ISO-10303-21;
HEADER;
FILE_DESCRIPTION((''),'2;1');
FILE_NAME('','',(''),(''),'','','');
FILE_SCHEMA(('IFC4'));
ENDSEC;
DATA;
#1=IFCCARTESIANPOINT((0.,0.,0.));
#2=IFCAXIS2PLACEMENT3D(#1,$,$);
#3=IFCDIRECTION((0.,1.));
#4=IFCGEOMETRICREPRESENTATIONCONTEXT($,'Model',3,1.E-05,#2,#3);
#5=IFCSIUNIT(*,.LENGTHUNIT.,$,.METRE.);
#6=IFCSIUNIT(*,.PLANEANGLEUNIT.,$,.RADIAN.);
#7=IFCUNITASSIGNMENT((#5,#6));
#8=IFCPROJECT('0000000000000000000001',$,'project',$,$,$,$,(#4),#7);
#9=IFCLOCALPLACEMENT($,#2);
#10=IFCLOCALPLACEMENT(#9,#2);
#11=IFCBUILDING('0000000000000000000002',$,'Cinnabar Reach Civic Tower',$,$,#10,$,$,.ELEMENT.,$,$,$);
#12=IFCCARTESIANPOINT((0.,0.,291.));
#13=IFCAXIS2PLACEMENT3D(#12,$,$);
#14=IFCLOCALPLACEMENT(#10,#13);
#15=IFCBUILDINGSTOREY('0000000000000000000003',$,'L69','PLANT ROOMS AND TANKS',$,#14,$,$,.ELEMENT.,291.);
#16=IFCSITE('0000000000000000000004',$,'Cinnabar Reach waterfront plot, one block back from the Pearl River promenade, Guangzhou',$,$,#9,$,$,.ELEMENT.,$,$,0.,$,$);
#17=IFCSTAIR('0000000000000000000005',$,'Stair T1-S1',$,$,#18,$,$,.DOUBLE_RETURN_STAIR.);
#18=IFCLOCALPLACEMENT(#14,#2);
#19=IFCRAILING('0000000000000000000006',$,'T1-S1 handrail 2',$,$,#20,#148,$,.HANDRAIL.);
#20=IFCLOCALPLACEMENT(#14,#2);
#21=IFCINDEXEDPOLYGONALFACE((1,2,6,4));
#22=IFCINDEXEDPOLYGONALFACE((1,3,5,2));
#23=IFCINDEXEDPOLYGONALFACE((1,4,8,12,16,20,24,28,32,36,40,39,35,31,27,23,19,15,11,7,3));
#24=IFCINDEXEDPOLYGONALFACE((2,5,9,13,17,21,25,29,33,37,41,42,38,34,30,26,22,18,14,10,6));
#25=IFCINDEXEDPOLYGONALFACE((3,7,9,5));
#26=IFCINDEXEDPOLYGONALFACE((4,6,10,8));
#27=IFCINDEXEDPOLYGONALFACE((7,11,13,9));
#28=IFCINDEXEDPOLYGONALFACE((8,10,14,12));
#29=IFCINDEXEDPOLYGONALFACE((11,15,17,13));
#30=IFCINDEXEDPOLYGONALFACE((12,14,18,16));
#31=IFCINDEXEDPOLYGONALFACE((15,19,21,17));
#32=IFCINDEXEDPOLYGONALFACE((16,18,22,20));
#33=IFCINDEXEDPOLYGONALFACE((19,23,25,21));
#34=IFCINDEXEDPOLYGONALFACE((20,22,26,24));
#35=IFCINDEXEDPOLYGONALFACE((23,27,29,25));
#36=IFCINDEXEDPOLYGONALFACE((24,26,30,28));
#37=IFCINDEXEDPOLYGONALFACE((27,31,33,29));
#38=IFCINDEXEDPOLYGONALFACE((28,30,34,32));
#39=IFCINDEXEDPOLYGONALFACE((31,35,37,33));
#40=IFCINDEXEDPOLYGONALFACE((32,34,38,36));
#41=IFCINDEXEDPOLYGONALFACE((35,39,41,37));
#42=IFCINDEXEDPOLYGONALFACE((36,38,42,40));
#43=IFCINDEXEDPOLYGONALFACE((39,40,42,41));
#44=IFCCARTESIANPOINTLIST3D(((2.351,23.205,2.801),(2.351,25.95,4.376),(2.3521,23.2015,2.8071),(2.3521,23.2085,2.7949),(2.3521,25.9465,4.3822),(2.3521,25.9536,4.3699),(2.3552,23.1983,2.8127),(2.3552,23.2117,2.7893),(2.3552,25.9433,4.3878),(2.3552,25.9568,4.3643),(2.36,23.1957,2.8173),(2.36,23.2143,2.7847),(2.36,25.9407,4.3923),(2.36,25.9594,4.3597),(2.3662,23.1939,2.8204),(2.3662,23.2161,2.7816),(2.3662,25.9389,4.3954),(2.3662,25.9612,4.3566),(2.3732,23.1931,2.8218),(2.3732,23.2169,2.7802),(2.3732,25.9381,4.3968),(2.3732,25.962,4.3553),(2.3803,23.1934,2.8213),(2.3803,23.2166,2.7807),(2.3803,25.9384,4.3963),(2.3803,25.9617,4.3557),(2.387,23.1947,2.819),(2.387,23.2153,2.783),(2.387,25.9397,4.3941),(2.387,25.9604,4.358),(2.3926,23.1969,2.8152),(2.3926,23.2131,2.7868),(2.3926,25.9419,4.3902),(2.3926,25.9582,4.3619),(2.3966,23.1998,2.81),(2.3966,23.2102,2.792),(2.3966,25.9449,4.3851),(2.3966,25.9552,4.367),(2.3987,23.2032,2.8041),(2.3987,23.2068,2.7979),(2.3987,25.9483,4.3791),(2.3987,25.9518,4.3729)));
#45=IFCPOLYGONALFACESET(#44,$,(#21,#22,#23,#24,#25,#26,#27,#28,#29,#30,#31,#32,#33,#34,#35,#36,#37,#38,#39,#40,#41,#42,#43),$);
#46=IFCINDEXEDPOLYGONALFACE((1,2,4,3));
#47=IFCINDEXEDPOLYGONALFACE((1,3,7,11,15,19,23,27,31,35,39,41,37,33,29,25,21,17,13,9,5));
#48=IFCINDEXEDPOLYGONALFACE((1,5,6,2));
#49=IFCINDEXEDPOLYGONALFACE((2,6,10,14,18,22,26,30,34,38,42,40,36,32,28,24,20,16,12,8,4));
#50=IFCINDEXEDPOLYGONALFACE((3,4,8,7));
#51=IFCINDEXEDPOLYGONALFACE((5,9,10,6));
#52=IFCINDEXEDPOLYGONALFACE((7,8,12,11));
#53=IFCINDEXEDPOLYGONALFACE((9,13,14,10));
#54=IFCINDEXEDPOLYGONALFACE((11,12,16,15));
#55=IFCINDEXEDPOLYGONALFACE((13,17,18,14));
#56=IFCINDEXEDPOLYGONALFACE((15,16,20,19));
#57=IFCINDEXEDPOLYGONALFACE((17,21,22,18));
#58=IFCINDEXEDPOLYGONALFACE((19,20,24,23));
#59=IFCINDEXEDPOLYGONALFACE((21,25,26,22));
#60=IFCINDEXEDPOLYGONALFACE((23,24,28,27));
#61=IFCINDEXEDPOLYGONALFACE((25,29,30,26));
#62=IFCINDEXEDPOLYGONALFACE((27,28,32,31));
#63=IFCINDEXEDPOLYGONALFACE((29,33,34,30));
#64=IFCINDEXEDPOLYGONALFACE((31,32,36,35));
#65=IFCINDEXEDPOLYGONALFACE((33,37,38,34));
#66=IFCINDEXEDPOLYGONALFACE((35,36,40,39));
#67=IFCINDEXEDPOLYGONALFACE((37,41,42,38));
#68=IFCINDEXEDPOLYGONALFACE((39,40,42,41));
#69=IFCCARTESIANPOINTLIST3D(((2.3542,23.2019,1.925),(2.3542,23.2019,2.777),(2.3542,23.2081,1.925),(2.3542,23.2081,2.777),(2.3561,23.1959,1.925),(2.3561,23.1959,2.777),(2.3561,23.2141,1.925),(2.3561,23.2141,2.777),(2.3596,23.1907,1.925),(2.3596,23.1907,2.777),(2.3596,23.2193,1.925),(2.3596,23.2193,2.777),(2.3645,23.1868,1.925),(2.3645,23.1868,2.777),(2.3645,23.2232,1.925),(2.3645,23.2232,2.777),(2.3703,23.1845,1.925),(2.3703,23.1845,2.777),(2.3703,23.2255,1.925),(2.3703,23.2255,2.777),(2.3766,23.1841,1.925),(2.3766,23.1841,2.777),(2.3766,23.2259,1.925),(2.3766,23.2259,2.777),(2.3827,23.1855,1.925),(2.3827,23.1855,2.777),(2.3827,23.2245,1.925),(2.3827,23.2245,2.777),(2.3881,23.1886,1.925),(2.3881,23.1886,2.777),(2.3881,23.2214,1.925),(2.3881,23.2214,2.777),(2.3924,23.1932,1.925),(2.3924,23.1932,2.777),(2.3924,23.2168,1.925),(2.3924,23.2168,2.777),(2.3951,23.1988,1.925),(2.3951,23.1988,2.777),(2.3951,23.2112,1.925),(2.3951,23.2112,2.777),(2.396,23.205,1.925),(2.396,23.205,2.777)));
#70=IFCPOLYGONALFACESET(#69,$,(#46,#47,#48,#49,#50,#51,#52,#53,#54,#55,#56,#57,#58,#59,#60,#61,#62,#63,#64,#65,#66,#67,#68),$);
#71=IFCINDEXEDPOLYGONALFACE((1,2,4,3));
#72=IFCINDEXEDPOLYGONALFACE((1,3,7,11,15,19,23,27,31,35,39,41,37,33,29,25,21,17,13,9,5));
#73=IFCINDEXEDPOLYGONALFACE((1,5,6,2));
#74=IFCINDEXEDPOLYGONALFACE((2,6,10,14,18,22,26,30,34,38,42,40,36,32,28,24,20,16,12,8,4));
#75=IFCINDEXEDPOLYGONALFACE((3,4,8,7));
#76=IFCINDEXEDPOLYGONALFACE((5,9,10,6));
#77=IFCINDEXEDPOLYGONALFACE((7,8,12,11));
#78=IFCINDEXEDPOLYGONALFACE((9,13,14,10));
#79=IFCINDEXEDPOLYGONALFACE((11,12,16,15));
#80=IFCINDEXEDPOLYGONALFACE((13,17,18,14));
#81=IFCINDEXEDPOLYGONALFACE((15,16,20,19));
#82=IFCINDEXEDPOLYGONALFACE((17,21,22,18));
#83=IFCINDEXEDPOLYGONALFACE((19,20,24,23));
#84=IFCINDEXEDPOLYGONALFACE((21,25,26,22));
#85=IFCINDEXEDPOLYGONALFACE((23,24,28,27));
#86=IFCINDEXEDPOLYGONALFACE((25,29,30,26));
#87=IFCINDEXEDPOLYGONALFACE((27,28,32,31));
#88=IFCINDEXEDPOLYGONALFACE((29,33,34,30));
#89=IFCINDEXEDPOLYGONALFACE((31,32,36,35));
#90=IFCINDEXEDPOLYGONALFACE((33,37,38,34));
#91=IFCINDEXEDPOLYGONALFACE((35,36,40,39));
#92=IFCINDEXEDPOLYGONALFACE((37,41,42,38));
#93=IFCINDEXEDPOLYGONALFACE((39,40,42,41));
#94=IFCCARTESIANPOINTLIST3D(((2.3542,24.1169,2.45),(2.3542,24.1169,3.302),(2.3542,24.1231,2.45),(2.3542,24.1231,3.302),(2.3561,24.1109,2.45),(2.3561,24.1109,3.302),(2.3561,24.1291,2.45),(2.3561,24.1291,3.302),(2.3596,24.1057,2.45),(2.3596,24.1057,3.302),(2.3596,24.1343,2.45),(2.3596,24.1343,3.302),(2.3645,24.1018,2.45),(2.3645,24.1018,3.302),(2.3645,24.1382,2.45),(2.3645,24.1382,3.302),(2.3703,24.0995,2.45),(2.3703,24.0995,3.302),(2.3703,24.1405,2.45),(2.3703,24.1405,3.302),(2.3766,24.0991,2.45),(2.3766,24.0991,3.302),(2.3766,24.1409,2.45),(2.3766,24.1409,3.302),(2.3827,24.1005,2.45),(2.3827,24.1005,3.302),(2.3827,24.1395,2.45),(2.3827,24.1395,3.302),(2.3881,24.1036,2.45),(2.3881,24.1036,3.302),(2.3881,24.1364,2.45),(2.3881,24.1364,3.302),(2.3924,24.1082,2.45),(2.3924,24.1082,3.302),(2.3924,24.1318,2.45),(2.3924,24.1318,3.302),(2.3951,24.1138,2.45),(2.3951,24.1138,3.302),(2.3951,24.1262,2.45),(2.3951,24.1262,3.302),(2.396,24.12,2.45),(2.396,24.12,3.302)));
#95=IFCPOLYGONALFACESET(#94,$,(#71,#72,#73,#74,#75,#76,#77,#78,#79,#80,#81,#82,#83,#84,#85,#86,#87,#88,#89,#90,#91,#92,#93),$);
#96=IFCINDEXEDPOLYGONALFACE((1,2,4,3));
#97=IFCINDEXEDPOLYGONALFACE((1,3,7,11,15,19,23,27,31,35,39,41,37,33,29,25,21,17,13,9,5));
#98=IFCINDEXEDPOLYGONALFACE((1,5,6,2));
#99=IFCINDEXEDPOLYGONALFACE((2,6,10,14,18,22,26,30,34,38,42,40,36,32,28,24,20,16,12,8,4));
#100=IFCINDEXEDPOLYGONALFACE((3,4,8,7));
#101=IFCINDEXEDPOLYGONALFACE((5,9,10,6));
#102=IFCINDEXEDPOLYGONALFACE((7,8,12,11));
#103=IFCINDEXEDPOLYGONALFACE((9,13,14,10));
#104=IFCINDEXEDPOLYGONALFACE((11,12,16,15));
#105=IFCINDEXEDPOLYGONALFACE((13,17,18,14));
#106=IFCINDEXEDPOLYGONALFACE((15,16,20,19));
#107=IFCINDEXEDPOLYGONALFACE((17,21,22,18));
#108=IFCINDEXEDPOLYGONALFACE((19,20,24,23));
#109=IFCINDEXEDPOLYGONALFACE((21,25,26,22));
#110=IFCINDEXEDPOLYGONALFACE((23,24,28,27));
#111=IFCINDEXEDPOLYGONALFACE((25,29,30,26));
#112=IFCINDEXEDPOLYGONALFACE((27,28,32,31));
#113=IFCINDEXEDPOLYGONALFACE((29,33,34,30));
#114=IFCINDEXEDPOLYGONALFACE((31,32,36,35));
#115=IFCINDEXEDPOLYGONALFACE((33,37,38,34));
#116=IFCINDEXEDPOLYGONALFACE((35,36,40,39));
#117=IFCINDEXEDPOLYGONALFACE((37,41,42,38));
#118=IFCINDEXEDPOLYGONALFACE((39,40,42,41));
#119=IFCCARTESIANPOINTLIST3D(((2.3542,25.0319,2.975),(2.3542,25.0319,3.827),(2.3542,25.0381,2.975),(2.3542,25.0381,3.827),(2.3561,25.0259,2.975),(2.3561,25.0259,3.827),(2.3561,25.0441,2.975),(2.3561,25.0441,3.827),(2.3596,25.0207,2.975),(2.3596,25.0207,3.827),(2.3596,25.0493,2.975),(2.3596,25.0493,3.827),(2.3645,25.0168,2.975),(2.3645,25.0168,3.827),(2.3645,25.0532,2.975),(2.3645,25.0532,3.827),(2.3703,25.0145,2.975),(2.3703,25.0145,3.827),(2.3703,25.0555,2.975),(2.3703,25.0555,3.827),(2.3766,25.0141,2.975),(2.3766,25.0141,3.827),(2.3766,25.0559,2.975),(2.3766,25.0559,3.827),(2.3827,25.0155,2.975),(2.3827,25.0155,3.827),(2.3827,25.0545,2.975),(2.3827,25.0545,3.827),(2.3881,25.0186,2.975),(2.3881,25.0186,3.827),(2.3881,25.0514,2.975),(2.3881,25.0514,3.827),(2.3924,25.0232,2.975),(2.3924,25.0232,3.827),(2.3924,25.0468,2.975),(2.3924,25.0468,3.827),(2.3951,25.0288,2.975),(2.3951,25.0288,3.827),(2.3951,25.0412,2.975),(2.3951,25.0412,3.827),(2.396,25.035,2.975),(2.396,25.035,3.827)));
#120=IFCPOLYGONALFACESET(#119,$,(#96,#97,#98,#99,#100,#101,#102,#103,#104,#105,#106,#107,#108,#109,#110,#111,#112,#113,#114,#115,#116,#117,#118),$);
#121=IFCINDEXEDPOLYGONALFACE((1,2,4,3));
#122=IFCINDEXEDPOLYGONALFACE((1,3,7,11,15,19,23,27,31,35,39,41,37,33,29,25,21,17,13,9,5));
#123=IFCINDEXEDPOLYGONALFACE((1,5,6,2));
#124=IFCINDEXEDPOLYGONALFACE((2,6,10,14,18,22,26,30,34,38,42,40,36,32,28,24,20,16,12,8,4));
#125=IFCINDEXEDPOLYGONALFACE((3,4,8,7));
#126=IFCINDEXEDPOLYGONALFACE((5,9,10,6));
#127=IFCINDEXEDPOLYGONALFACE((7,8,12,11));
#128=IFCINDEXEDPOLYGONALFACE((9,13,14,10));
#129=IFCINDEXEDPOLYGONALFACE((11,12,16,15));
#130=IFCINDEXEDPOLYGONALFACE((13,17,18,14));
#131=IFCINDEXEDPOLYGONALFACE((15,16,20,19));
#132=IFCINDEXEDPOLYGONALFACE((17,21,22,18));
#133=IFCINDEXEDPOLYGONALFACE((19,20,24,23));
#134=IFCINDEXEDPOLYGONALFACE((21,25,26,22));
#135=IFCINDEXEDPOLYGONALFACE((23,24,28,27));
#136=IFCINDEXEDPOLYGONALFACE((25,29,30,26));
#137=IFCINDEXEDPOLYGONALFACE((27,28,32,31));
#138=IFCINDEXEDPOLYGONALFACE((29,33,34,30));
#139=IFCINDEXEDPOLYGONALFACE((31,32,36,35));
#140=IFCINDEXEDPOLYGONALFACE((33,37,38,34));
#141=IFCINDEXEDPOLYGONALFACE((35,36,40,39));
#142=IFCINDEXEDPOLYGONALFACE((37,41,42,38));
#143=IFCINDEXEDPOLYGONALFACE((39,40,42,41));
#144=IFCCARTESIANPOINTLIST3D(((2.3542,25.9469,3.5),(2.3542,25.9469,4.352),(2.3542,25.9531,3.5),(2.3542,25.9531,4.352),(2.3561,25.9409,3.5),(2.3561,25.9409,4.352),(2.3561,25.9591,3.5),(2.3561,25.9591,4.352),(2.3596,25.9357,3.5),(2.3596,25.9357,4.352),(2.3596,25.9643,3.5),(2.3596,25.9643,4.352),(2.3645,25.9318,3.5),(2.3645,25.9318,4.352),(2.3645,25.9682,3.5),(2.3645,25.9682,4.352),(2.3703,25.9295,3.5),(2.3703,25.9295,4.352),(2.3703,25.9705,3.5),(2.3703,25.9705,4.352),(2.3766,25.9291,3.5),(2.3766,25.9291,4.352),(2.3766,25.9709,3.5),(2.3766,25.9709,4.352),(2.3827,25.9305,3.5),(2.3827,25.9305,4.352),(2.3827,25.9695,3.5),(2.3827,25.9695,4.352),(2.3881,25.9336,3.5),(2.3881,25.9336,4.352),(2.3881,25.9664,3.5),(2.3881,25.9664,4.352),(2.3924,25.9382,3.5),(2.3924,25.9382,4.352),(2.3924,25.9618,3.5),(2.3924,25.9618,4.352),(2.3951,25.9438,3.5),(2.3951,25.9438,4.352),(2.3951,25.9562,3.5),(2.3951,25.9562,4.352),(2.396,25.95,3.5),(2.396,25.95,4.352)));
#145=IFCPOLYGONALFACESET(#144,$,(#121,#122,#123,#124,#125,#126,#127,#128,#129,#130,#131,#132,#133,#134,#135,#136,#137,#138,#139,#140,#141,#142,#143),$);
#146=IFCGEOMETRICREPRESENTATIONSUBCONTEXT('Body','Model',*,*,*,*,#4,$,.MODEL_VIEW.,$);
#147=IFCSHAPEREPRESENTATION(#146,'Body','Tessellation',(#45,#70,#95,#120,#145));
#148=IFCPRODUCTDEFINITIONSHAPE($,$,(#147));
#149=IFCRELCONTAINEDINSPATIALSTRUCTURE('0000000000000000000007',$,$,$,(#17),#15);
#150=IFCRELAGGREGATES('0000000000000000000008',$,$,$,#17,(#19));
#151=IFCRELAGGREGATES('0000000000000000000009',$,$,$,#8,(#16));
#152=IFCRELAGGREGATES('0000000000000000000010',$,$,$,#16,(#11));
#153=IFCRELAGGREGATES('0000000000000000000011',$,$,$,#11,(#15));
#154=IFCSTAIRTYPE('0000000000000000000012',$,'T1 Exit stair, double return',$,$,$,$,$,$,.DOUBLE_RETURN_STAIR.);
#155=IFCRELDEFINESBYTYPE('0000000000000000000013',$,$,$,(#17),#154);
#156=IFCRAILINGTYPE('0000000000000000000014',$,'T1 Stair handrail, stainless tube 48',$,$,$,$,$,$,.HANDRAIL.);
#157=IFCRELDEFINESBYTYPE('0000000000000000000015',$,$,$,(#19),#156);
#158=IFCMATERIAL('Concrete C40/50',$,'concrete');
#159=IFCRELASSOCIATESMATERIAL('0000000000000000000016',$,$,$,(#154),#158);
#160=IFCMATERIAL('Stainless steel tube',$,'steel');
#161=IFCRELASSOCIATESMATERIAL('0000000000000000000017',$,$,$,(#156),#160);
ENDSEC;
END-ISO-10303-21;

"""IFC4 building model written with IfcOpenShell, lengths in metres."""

from ifc_helpers import new_model, si_unit, direction, frame, origin, origin_2d, place, context, subcontext, project, spatial, circle, extrude, material, type_object, element, aggregate, save


model = new_model("IFC4")

# Units and contexts
model_context = context("Model", 3, precision=1e-05, world=origin(), true_north=direction((0.0, 1.0)))
body_context = subcontext(model_context, "Body", "Model", "MODEL_VIEW")
ifc_project = project(units=[si_unit("LENGTHUNIT", "METRE"), si_unit("PLANEANGLEUNIT", "RADIAN")], contexts=[model_context])

# Site, building, storey
site_placement = place(None, origin())
site = spatial("IfcSite", under=ifc_project, at=site_placement, Name="Cinnabar Reach waterfront plot, one block back from the Pearl River promenade, Guangzhou", CompositionType="ELEMENT", RefElevation=0.0)
building_placement = place(site_placement, origin())
building = spatial("IfcBuilding", under=site, at=building_placement, Name="Cinnabar Reach Civic Tower", CompositionType="ELEMENT")
storey_placement = place(building_placement, frame((0.0, 0.0, 291.0)))
storey = spatial("IfcBuildingStorey", under=building, at=storey_placement, Name="L69", Description="PLANT ROOMS AND TANKS", CompositionType="ELEMENT", Elevation=291.0)

# Shared definitions
ifc_material_1 = material(Name="Concrete C40/50", Category="concrete")

# Stair, railing
stair_type = type_object("IfcStairType", Name="T1 Exit stair, double return", PredefinedType="DOUBLE_RETURN_STAIR", material=ifc_material_1)
stair_placement = place(storey_placement, origin())
stair = element("IfcStair", 1, at=stair_placement, inside=storey, type_object=stair_type, Name="Stair T1-S1", PredefinedType="DOUBLE_RETURN_STAIR")
ifc_material_2 = material(Name="Stainless steel tube", Category="steel")
railing_type = type_object("IfcRailingType", Name="T1 Stair handrail, stainless tube 48", PredefinedType="HANDRAIL", material=ifc_material_2)
railing_1_placement = place(storey_placement, frame((2.375, 23.205, 1.925)))
railing_1 = element("IfcRailing", 2, at=railing_1_placement, type_object=railing_type, Name="T1-S1 handrail 2", PredefinedType="HANDRAIL", context=body_context, shape_type="SweptSolid", body=[
    extrude(circle(Radius=0.024, at=origin_2d()), frame((0.0, 0.0, 0.876), z_axis=(0.0, 0.867367, 0.497669), x_axis=(-1.0, 0.0, 0.0)), (0.0, 0.0, 1.0), 3.1648),
    extrude(circle(Radius=0.021, at=origin_2d()), origin(), (0.0, 0.0, 1.0), 0.852),
    extrude(circle(Radius=0.021, at=origin_2d()), frame((0.0, 0.915, 0.525)), (0.0, 0.0, 1.0), 0.852),
    extrude(circle(Radius=0.021, at=origin_2d()), frame((0.0, 1.83, 1.05)), (0.0, 0.0, 1.0), 0.852),
    extrude(circle(Radius=0.021, at=origin_2d()), frame((0.0, 2.745, 1.575)), (0.0, 0.0, 1.0), 0.852),
])
aggregate(stair, [railing_1])

save(model, "model.ifc")
